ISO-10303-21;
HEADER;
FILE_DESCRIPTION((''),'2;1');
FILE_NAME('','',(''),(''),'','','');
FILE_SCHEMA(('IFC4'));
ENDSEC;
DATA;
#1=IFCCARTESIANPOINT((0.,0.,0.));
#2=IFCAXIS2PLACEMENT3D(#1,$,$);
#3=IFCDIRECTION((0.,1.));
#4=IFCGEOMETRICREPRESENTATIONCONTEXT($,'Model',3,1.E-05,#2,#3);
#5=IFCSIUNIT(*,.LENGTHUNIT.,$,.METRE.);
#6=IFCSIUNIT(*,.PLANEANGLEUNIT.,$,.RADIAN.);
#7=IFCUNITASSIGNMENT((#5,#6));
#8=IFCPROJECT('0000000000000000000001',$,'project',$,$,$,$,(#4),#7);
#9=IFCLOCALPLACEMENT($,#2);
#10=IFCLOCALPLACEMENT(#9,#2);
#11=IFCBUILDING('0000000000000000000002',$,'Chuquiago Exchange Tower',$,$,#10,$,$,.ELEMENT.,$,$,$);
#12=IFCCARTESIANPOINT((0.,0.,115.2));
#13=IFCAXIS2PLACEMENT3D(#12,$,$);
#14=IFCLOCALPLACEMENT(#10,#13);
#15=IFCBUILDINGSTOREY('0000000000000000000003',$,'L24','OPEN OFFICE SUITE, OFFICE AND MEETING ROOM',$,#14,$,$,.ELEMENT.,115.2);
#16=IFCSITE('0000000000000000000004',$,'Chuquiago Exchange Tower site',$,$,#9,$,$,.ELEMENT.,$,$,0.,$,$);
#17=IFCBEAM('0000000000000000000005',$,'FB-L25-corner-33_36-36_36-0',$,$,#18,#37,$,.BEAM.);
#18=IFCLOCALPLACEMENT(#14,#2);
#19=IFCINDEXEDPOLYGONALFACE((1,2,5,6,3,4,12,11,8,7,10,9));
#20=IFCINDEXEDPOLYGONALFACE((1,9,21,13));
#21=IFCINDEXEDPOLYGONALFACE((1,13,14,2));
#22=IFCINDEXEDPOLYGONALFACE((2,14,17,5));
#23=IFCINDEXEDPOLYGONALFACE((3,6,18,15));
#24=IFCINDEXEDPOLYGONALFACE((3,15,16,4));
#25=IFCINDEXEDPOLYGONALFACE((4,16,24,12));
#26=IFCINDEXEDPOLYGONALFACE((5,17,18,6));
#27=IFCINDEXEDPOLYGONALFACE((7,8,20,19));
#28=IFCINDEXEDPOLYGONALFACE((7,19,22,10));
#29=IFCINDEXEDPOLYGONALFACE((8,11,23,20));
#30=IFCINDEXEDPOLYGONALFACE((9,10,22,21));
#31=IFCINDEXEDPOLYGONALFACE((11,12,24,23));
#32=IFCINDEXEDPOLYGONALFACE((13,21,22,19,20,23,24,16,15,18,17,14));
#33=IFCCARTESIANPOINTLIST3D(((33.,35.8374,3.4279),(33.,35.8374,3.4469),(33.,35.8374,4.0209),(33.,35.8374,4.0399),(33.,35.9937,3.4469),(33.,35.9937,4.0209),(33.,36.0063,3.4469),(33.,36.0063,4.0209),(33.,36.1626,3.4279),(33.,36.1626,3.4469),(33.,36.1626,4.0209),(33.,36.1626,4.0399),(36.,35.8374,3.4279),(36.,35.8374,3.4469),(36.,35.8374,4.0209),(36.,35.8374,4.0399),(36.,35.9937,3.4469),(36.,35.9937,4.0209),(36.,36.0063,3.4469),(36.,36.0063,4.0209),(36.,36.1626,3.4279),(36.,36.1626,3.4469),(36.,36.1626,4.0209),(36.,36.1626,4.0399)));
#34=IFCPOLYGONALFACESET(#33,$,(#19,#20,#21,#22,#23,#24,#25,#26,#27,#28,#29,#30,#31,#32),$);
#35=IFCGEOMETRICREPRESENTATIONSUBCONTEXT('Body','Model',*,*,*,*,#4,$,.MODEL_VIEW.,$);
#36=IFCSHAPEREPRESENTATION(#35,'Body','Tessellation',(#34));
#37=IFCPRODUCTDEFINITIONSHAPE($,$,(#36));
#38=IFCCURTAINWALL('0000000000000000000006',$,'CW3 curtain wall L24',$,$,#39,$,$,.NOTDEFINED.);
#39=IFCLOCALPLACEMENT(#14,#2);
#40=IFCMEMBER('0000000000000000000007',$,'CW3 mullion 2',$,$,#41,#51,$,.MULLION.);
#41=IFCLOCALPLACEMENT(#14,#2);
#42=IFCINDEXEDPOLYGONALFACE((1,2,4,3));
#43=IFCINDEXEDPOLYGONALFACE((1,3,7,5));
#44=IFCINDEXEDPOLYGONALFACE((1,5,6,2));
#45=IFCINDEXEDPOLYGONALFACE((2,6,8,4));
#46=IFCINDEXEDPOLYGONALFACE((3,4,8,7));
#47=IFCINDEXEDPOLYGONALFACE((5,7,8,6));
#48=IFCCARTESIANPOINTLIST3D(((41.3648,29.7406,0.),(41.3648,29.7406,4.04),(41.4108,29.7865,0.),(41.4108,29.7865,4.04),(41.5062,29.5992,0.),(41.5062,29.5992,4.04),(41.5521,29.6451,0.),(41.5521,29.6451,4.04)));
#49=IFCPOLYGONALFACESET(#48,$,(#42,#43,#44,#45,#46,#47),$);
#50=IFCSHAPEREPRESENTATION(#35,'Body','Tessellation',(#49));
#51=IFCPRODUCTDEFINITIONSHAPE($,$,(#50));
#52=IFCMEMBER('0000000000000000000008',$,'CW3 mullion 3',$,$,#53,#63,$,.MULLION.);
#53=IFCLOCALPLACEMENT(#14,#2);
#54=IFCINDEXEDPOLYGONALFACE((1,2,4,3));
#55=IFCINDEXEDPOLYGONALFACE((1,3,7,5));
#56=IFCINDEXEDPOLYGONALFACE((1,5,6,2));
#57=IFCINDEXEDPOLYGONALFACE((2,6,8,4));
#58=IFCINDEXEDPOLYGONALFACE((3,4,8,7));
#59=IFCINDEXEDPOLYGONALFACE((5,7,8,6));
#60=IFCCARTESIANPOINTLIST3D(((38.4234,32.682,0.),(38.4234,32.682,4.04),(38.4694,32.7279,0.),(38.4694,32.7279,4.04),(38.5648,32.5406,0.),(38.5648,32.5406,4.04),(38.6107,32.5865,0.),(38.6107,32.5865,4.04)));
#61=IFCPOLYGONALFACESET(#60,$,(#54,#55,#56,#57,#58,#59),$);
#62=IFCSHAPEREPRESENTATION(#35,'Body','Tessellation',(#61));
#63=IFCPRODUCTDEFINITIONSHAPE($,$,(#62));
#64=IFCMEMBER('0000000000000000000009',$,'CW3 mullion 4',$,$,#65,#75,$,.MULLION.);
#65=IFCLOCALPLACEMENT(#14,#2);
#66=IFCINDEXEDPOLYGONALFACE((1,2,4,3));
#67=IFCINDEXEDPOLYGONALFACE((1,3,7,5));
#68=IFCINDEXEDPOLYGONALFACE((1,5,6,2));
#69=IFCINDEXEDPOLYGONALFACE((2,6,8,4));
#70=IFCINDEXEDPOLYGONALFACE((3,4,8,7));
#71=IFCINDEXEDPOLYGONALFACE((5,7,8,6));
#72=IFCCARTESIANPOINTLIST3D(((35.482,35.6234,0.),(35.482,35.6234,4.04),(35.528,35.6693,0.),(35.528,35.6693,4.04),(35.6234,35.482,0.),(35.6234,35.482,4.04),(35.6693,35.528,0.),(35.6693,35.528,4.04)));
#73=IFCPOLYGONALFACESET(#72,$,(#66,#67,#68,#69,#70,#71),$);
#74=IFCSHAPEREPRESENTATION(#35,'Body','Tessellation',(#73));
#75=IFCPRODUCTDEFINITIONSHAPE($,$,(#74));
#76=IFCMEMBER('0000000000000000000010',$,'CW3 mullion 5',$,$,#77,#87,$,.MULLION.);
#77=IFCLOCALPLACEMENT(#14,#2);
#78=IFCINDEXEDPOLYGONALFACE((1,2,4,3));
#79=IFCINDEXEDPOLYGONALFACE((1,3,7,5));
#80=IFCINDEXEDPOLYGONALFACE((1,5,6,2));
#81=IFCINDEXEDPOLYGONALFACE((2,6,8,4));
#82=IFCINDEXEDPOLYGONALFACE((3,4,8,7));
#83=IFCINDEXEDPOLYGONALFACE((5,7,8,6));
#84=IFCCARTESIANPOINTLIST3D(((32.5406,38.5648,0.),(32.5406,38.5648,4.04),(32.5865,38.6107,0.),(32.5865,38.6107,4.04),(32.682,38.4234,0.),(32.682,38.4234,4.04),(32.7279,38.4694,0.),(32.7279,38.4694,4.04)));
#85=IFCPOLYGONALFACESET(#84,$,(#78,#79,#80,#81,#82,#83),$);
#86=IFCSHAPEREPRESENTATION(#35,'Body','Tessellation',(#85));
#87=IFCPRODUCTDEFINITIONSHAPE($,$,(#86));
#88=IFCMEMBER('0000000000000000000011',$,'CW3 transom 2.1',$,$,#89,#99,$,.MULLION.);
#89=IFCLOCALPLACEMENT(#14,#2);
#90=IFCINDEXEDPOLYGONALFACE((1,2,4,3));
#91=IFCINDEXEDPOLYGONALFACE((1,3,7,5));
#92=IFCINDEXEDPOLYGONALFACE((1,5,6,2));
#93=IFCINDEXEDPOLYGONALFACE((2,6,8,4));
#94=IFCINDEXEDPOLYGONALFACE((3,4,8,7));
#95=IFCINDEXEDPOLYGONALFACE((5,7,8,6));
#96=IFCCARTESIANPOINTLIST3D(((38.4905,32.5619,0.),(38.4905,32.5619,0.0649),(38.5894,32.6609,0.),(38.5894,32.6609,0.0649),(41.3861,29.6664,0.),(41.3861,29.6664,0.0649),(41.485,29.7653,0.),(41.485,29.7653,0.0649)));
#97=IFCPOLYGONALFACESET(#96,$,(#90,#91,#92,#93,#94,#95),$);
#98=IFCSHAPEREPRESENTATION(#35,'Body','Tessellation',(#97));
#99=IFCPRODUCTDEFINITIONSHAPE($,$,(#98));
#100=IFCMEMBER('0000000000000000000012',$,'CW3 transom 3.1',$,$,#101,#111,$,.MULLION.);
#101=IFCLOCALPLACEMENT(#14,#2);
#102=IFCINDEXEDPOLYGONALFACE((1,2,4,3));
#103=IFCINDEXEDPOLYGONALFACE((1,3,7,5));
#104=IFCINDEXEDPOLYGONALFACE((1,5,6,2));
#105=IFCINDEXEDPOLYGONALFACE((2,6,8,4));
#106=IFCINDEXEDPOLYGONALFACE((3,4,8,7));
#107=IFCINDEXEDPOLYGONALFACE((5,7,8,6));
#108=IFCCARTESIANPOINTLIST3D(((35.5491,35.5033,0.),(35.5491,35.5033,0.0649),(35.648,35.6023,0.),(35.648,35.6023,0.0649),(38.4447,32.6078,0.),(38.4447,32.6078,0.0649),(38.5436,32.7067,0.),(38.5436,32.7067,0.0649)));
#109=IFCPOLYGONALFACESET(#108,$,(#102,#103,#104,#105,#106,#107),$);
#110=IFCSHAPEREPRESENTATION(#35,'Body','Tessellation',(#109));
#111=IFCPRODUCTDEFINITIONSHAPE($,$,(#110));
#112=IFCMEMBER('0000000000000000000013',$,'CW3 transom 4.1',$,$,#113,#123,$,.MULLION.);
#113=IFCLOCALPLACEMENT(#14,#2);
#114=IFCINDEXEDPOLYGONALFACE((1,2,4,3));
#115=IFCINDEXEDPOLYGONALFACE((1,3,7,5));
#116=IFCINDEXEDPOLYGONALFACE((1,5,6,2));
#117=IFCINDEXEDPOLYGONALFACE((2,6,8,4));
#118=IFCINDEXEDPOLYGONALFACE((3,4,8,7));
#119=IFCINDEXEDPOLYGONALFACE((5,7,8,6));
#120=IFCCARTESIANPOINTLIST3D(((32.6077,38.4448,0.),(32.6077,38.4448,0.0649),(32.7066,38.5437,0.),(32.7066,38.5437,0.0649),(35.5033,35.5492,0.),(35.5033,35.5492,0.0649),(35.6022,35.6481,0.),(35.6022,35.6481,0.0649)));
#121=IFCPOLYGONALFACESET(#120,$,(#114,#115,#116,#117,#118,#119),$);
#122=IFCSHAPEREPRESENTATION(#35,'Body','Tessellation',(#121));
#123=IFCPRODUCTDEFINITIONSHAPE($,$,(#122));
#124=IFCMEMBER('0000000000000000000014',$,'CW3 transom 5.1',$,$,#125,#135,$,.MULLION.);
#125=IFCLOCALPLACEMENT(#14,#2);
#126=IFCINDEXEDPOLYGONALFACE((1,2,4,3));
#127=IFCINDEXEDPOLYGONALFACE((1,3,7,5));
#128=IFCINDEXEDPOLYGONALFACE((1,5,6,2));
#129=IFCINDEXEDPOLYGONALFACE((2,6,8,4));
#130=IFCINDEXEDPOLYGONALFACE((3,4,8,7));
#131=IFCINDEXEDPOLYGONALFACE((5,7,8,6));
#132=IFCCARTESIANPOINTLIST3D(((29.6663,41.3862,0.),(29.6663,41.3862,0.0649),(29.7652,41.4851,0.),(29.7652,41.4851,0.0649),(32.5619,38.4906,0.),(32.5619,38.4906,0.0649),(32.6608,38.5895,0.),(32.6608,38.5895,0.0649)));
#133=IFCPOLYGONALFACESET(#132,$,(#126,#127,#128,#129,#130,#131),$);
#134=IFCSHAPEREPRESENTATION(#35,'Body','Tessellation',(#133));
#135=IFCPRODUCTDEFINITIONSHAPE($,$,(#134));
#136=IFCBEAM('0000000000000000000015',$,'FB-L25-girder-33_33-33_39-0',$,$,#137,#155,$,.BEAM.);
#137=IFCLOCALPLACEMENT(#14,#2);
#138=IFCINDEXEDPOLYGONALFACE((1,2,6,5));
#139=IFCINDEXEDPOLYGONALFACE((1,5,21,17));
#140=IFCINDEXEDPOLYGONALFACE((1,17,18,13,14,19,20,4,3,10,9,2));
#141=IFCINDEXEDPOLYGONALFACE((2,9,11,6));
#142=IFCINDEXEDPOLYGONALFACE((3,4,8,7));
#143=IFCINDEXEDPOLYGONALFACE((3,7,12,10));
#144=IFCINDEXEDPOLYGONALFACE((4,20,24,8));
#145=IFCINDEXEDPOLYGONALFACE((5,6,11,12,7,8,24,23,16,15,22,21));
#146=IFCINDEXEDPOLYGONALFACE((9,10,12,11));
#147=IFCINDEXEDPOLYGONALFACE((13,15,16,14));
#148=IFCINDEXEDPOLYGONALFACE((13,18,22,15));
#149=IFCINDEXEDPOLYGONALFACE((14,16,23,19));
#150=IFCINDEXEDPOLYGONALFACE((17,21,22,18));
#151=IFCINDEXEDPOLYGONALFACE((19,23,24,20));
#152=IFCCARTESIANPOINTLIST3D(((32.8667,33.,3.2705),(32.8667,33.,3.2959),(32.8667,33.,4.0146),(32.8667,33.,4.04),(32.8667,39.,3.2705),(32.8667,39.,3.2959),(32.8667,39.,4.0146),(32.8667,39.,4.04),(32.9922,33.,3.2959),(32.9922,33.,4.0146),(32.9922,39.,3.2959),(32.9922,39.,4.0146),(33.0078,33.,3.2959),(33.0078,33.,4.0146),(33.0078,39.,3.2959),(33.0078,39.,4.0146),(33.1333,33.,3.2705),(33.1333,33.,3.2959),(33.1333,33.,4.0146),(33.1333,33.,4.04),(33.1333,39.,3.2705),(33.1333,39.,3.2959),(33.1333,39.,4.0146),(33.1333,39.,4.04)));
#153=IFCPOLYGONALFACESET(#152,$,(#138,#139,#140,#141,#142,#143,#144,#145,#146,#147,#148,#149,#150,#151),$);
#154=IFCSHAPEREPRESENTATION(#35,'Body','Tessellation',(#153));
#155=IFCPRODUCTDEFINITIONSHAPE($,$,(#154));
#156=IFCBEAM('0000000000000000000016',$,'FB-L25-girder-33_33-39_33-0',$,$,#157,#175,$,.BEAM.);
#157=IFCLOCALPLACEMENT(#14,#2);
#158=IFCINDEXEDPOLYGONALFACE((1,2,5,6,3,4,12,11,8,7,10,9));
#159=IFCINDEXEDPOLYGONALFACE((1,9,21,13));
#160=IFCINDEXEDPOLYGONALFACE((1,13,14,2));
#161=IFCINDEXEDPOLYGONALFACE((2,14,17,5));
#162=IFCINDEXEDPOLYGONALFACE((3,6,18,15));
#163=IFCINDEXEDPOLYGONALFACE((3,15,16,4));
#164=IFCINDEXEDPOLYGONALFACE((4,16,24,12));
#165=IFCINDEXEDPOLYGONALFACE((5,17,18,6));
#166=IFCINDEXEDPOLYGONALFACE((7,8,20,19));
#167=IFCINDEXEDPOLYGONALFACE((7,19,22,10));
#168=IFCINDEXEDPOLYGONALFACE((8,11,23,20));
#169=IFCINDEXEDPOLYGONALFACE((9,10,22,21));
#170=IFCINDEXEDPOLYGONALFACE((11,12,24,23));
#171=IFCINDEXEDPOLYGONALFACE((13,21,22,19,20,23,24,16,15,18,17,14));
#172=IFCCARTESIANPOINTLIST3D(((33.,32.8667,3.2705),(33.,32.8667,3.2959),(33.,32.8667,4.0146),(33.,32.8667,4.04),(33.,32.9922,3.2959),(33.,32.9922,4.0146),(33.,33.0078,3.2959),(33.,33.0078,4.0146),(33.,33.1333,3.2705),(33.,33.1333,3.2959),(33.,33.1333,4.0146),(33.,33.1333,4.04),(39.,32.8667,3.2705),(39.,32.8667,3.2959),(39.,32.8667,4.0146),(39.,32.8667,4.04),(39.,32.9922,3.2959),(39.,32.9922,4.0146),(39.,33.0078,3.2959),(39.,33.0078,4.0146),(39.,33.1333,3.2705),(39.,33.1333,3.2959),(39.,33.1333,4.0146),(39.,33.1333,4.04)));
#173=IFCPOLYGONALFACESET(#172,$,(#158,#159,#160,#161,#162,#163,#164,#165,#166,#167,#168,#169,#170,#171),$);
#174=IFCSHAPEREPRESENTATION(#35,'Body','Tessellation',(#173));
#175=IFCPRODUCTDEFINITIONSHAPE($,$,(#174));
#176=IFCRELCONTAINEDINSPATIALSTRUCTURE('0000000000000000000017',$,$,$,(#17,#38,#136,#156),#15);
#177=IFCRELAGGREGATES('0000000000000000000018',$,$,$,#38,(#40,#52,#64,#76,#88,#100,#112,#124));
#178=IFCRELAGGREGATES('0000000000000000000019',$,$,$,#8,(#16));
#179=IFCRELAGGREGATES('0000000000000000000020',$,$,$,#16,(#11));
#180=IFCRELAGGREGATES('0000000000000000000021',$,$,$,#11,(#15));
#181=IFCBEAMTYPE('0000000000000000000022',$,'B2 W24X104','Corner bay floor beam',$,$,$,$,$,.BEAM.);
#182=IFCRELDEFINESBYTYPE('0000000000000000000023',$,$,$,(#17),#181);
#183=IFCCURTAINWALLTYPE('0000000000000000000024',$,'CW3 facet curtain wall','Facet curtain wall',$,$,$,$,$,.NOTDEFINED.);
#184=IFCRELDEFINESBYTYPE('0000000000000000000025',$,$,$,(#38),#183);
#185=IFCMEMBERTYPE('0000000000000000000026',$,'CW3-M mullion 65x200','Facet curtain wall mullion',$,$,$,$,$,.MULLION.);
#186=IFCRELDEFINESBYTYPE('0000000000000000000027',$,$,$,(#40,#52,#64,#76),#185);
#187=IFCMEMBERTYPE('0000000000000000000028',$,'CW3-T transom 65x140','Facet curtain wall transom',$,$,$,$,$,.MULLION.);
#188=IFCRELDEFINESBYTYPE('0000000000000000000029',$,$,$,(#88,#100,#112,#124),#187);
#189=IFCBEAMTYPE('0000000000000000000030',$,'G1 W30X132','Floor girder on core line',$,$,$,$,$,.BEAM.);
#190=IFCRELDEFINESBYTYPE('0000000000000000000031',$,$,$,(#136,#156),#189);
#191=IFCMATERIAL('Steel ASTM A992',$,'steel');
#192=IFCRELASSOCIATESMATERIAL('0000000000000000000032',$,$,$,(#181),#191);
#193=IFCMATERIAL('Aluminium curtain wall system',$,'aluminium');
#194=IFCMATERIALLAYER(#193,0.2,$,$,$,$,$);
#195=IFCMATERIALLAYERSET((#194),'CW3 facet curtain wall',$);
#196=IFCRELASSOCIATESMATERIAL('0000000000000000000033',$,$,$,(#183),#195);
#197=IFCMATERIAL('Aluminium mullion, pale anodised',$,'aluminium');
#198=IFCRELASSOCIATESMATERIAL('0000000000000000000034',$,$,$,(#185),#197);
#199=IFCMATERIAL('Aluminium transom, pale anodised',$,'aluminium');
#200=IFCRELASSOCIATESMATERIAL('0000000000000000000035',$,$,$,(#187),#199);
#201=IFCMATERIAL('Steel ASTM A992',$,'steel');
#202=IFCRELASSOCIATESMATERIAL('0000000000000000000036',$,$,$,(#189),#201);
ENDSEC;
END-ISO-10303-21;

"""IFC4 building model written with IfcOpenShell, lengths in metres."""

from ifc_helpers import new_model, si_unit, direction, frame, origin, origin_2d, place, context, subcontext, project, spatial, rectangle, i_section, extrude, material, layer, layer_set, material_profile, profile_set, type_object, element, aggregate, save


model = new_model("IFC4")

# Units and contexts
model_context = context("Model", 3, precision=1e-05, world=origin(), true_north=direction((0.0, 1.0)))
body_context = subcontext(model_context, "Body", "Model", "MODEL_VIEW")
ifc_project = project(units=[si_unit("LENGTHUNIT", "METRE"), si_unit("PLANEANGLEUNIT", "RADIAN")], contexts=[model_context])

# Site, building, storey
site_placement = place(None, origin())
site = spatial("IfcSite", under=ifc_project, at=site_placement, Name="Chuquiago Exchange Tower site", CompositionType="ELEMENT", RefElevation=0.0)
building_placement = place(site_placement, origin())
building = spatial("IfcBuilding", under=site, at=building_placement, Name="Chuquiago Exchange Tower", CompositionType="ELEMENT")
storey_placement = place(building_placement, frame((0.0, 0.0, 115.2)))
storey = spatial("IfcBuildingStorey", under=building, at=storey_placement, Name="L24", Description="OPEN OFFICE SUITE, OFFICE AND MEETING ROOM", CompositionType="ELEMENT", Elevation=115.2)

# Beam
ifc_material_1 = material(Name="Steel ASTM A992", Category="steel")
ifc_material_profile_1 = material_profile(ifc_material_1, i_section(OverallWidth=0.3252, OverallDepth=0.6121, WebThickness=0.0127, FlangeThickness=0.019, at=origin_2d()), Name="W24X104")
ifc_profile_set_1 = profile_set([ifc_material_profile_1], Name="Steel ASTM A992")
beam_type_1 = type_object("IfcBeamType", Name="B2 W24X104", Description="Corner bay floor beam", PredefinedType="BEAM", material=ifc_profile_set_1)
beam_1_placement = place(storey_placement, frame((33.0, 36.0, 3.7339), z_axis=(1.0, 0.0, 0.0), x_axis=(0.0, 1.0, 0.0)))
element("IfcBeam", 1, at=beam_1_placement, inside=storey, type_object=beam_type_1, Name="FB-L25-corner-33_36-36_36-0", PredefinedType="BEAM", context=body_context, shape_type="SweptSolid", body=[
    extrude(i_section(OverallWidth=0.3252, OverallDepth=0.6121, WebThickness=0.0127, FlangeThickness=0.019, at=origin_2d()), origin(), (0.0, 0.0, 1.0), 3.0),
])

# Curtain wall, members
ifc_material_2 = material(Name="Aluminium curtain wall system", Category="aluminium")
ifc_layer_1 = layer(ifc_material_2, 0.2)
ifc_layer_set_1 = layer_set([ifc_layer_1], Name="CW3 facet curtain wall")
curtain_wall_type = type_object("IfcCurtainWallType", Name="CW3 facet curtain wall", Description="Facet curtain wall", PredefinedType="NOTDEFINED", material=ifc_layer_set_1)
curtain_wall_placement = place(storey_placement, origin())
curtain_wall = element("IfcCurtainWall", 2, at=curtain_wall_placement, inside=storey, type_object=curtain_wall_type, Name="CW3 curtain wall L24", PredefinedType="NOTDEFINED")
ifc_material_3 = material(Name="Aluminium mullion, pale anodised", Category="aluminium")
ifc_material_profile_2 = material_profile(ifc_material_3, rectangle(XDim=0.0649, YDim=0.2, at=origin_2d()), Name="AL 65x200")
ifc_profile_set_2 = profile_set([ifc_material_profile_2], Name="Aluminium mullion, pale anodised")
member_type_1 = type_object("IfcMemberType", Name="CW3-M mullion 65x200", Description="Facet curtain wall mullion", PredefinedType="MULLION", material=ifc_profile_set_2)
member_1_placement = place(storey_placement, frame((41.4585, 29.6929, 0.0), z_axis=(0.0, 0.0, 1.0), x_axis=(-0.707107, -0.707107, 0.0)))
member_1 = element("IfcMember", 3, at=member_1_placement, type_object=member_type_1, Name="CW3 mullion 2", PredefinedType="MULLION", context=body_context, shape_type="SweptSolid", body=[
    extrude(rectangle(XDim=0.0649, YDim=0.2, at=origin_2d()), origin(), (0.0, 0.0, 1.0), 4.04),
])
member_2_placement = place(storey_placement, frame((38.5171, 32.6343, 0.0), z_axis=(0.0, 0.0, 1.0), x_axis=(-0.707107, -0.707107, 0.0)))
member_2 = element("IfcMember", 4, at=member_2_placement, type_object=member_type_1, Name="CW3 mullion 3", PredefinedType="MULLION", context=body_context, shape_type="SweptSolid", body=[
    extrude(rectangle(XDim=0.0649, YDim=0.2, at=origin_2d()), origin(), (0.0, 0.0, 1.0), 4.04),
])
member_3_placement = place(storey_placement, frame((35.5757, 35.5757, 0.0), z_axis=(0.0, 0.0, 1.0), x_axis=(-0.707107, -0.707107, 0.0)))
member_3 = element("IfcMember", 5, at=member_3_placement, type_object=member_type_1, Name="CW3 mullion 4", PredefinedType="MULLION", context=body_context, shape_type="SweptSolid", body=[
    extrude(rectangle(XDim=0.0649, YDim=0.2, at=origin_2d()), origin(), (0.0, 0.0, 1.0), 4.04),
])
member_4_placement = place(storey_placement, frame((32.6343, 38.5171, 0.0), z_axis=(0.0, 0.0, 1.0), x_axis=(-0.707107, -0.707107, 0.0)))
member_4 = element("IfcMember", 6, at=member_4_placement, type_object=member_type_1, Name="CW3 mullion 5", PredefinedType="MULLION", context=body_context, shape_type="SweptSolid", body=[
    extrude(rectangle(XDim=0.0649, YDim=0.2, at=origin_2d()), origin(), (0.0, 0.0, 1.0), 4.04),
])
ifc_material_4 = material(Name="Aluminium transom, pale anodised", Category="aluminium")
ifc_material_profile_3 = material_profile(ifc_material_4, rectangle(XDim=0.1399, YDim=0.0649, at=origin_2d()), Name="AL 140x65")
ifc_profile_set_3 = profile_set([ifc_material_profile_3], Name="Aluminium transom, pale anodised")
member_type_2 = type_object("IfcMemberType", Name="CW3-T transom 65x140", Description="Facet curtain wall transom", PredefinedType="MULLION", material=ifc_profile_set_3)
member_5_placement = place(storey_placement, frame((41.4355, 29.7158, 0.0325), z_axis=(-0.707107, 0.707107, 0.0), x_axis=(-0.707107, -0.707107, 0.0)))
member_5 = element("IfcMember", 7, at=member_5_placement, type_object=member_type_2, Name="CW3 transom 2.1", PredefinedType="MULLION", context=body_context, shape_type="SweptSolid", body=[
    extrude(rectangle(XDim=0.1399, YDim=0.0649, at=origin_2d()), origin(), (0.0, 0.0, 1.0), 4.095),
])
member_6_placement = place(storey_placement, frame((38.4941, 32.6572, 0.0325), z_axis=(-0.707107, 0.707107, 0.0), x_axis=(-0.707107, -0.707107, 0.0)))
member_6 = element("IfcMember", 8, at=member_6_placement, type_object=member_type_2, Name="CW3 transom 3.1", PredefinedType="MULLION", context=body_context, shape_type="SweptSolid", body=[
    extrude(rectangle(XDim=0.1399, YDim=0.0649, at=origin_2d()), origin(), (0.0, 0.0, 1.0), 4.095),
])
member_7_placement = place(storey_placement, frame((35.5527, 35.5986, 0.0325), z_axis=(-0.707107, 0.707107, 0.0), x_axis=(-0.707107, -0.707107, 0.0)))
member_7 = element("IfcMember", 9, at=member_7_placement, type_object=member_type_2, Name="CW3 transom 4.1", PredefinedType="MULLION", context=body_context, shape_type="SweptSolid", body=[
    extrude(rectangle(XDim=0.1399, YDim=0.0649, at=origin_2d()), origin(), (0.0, 0.0, 1.0), 4.095),
])
member_8_placement = place(storey_placement, frame((32.6113, 38.54, 0.0325), z_axis=(-0.707107, 0.707107, 0.0), x_axis=(-0.707107, -0.707107, 0.0)))
member_8 = element("IfcMember", 10, at=member_8_placement, type_object=member_type_2, Name="CW3 transom 5.1", PredefinedType="MULLION", context=body_context, shape_type="SweptSolid", body=[
    extrude(rectangle(XDim=0.1399, YDim=0.0649, at=origin_2d()), origin(), (0.0, 0.0, 1.0), 4.095),
])

# Beams
ifc_material_5 = material(Name="Steel ASTM A992", Category="steel")
ifc_material_profile_4 = material_profile(ifc_material_5, i_section(OverallWidth=0.2666, OverallDepth=0.7695, WebThickness=0.0156, FlangeThickness=0.0254, at=origin_2d()), Name="W30X132")
ifc_profile_set_4 = profile_set([ifc_material_profile_4], Name="Steel ASTM A992")
beam_type_2 = type_object("IfcBeamType", Name="G1 W30X132", Description="Floor girder on core line", PredefinedType="BEAM", material=ifc_profile_set_4)
for number, where, z_axis, x_axis, name in (
    (11, (33.0, 33.0, 3.6553), (0.0, 1.0, 0.0), (-1.0, 0.0, 0.0), "FB-L25-girder-33_33-33_39-0"),
    (12, (33.0, 33.0, 3.6553), (1.0, 0.0, 0.0), (0.0, 1.0, 0.0), "FB-L25-girder-33_33-39_33-0"),
):
    element("IfcBeam", number, at=place(storey_placement, frame(where, z_axis=z_axis, x_axis=x_axis)), inside=storey, type_object=beam_type_2, Name=name, PredefinedType="BEAM", context=body_context, shape_type="SweptSolid", body=[
        extrude(i_section(OverallWidth=0.2666, OverallDepth=0.7695, WebThickness=0.0156, FlangeThickness=0.0254, at=origin_2d()), origin(), (0.0, 0.0, 1.0), 6.0),
    ])

aggregate(curtain_wall, [member_1, member_2, member_3, member_4, member_5, member_6, member_7, member_8])

save(model, "model.ifc")
